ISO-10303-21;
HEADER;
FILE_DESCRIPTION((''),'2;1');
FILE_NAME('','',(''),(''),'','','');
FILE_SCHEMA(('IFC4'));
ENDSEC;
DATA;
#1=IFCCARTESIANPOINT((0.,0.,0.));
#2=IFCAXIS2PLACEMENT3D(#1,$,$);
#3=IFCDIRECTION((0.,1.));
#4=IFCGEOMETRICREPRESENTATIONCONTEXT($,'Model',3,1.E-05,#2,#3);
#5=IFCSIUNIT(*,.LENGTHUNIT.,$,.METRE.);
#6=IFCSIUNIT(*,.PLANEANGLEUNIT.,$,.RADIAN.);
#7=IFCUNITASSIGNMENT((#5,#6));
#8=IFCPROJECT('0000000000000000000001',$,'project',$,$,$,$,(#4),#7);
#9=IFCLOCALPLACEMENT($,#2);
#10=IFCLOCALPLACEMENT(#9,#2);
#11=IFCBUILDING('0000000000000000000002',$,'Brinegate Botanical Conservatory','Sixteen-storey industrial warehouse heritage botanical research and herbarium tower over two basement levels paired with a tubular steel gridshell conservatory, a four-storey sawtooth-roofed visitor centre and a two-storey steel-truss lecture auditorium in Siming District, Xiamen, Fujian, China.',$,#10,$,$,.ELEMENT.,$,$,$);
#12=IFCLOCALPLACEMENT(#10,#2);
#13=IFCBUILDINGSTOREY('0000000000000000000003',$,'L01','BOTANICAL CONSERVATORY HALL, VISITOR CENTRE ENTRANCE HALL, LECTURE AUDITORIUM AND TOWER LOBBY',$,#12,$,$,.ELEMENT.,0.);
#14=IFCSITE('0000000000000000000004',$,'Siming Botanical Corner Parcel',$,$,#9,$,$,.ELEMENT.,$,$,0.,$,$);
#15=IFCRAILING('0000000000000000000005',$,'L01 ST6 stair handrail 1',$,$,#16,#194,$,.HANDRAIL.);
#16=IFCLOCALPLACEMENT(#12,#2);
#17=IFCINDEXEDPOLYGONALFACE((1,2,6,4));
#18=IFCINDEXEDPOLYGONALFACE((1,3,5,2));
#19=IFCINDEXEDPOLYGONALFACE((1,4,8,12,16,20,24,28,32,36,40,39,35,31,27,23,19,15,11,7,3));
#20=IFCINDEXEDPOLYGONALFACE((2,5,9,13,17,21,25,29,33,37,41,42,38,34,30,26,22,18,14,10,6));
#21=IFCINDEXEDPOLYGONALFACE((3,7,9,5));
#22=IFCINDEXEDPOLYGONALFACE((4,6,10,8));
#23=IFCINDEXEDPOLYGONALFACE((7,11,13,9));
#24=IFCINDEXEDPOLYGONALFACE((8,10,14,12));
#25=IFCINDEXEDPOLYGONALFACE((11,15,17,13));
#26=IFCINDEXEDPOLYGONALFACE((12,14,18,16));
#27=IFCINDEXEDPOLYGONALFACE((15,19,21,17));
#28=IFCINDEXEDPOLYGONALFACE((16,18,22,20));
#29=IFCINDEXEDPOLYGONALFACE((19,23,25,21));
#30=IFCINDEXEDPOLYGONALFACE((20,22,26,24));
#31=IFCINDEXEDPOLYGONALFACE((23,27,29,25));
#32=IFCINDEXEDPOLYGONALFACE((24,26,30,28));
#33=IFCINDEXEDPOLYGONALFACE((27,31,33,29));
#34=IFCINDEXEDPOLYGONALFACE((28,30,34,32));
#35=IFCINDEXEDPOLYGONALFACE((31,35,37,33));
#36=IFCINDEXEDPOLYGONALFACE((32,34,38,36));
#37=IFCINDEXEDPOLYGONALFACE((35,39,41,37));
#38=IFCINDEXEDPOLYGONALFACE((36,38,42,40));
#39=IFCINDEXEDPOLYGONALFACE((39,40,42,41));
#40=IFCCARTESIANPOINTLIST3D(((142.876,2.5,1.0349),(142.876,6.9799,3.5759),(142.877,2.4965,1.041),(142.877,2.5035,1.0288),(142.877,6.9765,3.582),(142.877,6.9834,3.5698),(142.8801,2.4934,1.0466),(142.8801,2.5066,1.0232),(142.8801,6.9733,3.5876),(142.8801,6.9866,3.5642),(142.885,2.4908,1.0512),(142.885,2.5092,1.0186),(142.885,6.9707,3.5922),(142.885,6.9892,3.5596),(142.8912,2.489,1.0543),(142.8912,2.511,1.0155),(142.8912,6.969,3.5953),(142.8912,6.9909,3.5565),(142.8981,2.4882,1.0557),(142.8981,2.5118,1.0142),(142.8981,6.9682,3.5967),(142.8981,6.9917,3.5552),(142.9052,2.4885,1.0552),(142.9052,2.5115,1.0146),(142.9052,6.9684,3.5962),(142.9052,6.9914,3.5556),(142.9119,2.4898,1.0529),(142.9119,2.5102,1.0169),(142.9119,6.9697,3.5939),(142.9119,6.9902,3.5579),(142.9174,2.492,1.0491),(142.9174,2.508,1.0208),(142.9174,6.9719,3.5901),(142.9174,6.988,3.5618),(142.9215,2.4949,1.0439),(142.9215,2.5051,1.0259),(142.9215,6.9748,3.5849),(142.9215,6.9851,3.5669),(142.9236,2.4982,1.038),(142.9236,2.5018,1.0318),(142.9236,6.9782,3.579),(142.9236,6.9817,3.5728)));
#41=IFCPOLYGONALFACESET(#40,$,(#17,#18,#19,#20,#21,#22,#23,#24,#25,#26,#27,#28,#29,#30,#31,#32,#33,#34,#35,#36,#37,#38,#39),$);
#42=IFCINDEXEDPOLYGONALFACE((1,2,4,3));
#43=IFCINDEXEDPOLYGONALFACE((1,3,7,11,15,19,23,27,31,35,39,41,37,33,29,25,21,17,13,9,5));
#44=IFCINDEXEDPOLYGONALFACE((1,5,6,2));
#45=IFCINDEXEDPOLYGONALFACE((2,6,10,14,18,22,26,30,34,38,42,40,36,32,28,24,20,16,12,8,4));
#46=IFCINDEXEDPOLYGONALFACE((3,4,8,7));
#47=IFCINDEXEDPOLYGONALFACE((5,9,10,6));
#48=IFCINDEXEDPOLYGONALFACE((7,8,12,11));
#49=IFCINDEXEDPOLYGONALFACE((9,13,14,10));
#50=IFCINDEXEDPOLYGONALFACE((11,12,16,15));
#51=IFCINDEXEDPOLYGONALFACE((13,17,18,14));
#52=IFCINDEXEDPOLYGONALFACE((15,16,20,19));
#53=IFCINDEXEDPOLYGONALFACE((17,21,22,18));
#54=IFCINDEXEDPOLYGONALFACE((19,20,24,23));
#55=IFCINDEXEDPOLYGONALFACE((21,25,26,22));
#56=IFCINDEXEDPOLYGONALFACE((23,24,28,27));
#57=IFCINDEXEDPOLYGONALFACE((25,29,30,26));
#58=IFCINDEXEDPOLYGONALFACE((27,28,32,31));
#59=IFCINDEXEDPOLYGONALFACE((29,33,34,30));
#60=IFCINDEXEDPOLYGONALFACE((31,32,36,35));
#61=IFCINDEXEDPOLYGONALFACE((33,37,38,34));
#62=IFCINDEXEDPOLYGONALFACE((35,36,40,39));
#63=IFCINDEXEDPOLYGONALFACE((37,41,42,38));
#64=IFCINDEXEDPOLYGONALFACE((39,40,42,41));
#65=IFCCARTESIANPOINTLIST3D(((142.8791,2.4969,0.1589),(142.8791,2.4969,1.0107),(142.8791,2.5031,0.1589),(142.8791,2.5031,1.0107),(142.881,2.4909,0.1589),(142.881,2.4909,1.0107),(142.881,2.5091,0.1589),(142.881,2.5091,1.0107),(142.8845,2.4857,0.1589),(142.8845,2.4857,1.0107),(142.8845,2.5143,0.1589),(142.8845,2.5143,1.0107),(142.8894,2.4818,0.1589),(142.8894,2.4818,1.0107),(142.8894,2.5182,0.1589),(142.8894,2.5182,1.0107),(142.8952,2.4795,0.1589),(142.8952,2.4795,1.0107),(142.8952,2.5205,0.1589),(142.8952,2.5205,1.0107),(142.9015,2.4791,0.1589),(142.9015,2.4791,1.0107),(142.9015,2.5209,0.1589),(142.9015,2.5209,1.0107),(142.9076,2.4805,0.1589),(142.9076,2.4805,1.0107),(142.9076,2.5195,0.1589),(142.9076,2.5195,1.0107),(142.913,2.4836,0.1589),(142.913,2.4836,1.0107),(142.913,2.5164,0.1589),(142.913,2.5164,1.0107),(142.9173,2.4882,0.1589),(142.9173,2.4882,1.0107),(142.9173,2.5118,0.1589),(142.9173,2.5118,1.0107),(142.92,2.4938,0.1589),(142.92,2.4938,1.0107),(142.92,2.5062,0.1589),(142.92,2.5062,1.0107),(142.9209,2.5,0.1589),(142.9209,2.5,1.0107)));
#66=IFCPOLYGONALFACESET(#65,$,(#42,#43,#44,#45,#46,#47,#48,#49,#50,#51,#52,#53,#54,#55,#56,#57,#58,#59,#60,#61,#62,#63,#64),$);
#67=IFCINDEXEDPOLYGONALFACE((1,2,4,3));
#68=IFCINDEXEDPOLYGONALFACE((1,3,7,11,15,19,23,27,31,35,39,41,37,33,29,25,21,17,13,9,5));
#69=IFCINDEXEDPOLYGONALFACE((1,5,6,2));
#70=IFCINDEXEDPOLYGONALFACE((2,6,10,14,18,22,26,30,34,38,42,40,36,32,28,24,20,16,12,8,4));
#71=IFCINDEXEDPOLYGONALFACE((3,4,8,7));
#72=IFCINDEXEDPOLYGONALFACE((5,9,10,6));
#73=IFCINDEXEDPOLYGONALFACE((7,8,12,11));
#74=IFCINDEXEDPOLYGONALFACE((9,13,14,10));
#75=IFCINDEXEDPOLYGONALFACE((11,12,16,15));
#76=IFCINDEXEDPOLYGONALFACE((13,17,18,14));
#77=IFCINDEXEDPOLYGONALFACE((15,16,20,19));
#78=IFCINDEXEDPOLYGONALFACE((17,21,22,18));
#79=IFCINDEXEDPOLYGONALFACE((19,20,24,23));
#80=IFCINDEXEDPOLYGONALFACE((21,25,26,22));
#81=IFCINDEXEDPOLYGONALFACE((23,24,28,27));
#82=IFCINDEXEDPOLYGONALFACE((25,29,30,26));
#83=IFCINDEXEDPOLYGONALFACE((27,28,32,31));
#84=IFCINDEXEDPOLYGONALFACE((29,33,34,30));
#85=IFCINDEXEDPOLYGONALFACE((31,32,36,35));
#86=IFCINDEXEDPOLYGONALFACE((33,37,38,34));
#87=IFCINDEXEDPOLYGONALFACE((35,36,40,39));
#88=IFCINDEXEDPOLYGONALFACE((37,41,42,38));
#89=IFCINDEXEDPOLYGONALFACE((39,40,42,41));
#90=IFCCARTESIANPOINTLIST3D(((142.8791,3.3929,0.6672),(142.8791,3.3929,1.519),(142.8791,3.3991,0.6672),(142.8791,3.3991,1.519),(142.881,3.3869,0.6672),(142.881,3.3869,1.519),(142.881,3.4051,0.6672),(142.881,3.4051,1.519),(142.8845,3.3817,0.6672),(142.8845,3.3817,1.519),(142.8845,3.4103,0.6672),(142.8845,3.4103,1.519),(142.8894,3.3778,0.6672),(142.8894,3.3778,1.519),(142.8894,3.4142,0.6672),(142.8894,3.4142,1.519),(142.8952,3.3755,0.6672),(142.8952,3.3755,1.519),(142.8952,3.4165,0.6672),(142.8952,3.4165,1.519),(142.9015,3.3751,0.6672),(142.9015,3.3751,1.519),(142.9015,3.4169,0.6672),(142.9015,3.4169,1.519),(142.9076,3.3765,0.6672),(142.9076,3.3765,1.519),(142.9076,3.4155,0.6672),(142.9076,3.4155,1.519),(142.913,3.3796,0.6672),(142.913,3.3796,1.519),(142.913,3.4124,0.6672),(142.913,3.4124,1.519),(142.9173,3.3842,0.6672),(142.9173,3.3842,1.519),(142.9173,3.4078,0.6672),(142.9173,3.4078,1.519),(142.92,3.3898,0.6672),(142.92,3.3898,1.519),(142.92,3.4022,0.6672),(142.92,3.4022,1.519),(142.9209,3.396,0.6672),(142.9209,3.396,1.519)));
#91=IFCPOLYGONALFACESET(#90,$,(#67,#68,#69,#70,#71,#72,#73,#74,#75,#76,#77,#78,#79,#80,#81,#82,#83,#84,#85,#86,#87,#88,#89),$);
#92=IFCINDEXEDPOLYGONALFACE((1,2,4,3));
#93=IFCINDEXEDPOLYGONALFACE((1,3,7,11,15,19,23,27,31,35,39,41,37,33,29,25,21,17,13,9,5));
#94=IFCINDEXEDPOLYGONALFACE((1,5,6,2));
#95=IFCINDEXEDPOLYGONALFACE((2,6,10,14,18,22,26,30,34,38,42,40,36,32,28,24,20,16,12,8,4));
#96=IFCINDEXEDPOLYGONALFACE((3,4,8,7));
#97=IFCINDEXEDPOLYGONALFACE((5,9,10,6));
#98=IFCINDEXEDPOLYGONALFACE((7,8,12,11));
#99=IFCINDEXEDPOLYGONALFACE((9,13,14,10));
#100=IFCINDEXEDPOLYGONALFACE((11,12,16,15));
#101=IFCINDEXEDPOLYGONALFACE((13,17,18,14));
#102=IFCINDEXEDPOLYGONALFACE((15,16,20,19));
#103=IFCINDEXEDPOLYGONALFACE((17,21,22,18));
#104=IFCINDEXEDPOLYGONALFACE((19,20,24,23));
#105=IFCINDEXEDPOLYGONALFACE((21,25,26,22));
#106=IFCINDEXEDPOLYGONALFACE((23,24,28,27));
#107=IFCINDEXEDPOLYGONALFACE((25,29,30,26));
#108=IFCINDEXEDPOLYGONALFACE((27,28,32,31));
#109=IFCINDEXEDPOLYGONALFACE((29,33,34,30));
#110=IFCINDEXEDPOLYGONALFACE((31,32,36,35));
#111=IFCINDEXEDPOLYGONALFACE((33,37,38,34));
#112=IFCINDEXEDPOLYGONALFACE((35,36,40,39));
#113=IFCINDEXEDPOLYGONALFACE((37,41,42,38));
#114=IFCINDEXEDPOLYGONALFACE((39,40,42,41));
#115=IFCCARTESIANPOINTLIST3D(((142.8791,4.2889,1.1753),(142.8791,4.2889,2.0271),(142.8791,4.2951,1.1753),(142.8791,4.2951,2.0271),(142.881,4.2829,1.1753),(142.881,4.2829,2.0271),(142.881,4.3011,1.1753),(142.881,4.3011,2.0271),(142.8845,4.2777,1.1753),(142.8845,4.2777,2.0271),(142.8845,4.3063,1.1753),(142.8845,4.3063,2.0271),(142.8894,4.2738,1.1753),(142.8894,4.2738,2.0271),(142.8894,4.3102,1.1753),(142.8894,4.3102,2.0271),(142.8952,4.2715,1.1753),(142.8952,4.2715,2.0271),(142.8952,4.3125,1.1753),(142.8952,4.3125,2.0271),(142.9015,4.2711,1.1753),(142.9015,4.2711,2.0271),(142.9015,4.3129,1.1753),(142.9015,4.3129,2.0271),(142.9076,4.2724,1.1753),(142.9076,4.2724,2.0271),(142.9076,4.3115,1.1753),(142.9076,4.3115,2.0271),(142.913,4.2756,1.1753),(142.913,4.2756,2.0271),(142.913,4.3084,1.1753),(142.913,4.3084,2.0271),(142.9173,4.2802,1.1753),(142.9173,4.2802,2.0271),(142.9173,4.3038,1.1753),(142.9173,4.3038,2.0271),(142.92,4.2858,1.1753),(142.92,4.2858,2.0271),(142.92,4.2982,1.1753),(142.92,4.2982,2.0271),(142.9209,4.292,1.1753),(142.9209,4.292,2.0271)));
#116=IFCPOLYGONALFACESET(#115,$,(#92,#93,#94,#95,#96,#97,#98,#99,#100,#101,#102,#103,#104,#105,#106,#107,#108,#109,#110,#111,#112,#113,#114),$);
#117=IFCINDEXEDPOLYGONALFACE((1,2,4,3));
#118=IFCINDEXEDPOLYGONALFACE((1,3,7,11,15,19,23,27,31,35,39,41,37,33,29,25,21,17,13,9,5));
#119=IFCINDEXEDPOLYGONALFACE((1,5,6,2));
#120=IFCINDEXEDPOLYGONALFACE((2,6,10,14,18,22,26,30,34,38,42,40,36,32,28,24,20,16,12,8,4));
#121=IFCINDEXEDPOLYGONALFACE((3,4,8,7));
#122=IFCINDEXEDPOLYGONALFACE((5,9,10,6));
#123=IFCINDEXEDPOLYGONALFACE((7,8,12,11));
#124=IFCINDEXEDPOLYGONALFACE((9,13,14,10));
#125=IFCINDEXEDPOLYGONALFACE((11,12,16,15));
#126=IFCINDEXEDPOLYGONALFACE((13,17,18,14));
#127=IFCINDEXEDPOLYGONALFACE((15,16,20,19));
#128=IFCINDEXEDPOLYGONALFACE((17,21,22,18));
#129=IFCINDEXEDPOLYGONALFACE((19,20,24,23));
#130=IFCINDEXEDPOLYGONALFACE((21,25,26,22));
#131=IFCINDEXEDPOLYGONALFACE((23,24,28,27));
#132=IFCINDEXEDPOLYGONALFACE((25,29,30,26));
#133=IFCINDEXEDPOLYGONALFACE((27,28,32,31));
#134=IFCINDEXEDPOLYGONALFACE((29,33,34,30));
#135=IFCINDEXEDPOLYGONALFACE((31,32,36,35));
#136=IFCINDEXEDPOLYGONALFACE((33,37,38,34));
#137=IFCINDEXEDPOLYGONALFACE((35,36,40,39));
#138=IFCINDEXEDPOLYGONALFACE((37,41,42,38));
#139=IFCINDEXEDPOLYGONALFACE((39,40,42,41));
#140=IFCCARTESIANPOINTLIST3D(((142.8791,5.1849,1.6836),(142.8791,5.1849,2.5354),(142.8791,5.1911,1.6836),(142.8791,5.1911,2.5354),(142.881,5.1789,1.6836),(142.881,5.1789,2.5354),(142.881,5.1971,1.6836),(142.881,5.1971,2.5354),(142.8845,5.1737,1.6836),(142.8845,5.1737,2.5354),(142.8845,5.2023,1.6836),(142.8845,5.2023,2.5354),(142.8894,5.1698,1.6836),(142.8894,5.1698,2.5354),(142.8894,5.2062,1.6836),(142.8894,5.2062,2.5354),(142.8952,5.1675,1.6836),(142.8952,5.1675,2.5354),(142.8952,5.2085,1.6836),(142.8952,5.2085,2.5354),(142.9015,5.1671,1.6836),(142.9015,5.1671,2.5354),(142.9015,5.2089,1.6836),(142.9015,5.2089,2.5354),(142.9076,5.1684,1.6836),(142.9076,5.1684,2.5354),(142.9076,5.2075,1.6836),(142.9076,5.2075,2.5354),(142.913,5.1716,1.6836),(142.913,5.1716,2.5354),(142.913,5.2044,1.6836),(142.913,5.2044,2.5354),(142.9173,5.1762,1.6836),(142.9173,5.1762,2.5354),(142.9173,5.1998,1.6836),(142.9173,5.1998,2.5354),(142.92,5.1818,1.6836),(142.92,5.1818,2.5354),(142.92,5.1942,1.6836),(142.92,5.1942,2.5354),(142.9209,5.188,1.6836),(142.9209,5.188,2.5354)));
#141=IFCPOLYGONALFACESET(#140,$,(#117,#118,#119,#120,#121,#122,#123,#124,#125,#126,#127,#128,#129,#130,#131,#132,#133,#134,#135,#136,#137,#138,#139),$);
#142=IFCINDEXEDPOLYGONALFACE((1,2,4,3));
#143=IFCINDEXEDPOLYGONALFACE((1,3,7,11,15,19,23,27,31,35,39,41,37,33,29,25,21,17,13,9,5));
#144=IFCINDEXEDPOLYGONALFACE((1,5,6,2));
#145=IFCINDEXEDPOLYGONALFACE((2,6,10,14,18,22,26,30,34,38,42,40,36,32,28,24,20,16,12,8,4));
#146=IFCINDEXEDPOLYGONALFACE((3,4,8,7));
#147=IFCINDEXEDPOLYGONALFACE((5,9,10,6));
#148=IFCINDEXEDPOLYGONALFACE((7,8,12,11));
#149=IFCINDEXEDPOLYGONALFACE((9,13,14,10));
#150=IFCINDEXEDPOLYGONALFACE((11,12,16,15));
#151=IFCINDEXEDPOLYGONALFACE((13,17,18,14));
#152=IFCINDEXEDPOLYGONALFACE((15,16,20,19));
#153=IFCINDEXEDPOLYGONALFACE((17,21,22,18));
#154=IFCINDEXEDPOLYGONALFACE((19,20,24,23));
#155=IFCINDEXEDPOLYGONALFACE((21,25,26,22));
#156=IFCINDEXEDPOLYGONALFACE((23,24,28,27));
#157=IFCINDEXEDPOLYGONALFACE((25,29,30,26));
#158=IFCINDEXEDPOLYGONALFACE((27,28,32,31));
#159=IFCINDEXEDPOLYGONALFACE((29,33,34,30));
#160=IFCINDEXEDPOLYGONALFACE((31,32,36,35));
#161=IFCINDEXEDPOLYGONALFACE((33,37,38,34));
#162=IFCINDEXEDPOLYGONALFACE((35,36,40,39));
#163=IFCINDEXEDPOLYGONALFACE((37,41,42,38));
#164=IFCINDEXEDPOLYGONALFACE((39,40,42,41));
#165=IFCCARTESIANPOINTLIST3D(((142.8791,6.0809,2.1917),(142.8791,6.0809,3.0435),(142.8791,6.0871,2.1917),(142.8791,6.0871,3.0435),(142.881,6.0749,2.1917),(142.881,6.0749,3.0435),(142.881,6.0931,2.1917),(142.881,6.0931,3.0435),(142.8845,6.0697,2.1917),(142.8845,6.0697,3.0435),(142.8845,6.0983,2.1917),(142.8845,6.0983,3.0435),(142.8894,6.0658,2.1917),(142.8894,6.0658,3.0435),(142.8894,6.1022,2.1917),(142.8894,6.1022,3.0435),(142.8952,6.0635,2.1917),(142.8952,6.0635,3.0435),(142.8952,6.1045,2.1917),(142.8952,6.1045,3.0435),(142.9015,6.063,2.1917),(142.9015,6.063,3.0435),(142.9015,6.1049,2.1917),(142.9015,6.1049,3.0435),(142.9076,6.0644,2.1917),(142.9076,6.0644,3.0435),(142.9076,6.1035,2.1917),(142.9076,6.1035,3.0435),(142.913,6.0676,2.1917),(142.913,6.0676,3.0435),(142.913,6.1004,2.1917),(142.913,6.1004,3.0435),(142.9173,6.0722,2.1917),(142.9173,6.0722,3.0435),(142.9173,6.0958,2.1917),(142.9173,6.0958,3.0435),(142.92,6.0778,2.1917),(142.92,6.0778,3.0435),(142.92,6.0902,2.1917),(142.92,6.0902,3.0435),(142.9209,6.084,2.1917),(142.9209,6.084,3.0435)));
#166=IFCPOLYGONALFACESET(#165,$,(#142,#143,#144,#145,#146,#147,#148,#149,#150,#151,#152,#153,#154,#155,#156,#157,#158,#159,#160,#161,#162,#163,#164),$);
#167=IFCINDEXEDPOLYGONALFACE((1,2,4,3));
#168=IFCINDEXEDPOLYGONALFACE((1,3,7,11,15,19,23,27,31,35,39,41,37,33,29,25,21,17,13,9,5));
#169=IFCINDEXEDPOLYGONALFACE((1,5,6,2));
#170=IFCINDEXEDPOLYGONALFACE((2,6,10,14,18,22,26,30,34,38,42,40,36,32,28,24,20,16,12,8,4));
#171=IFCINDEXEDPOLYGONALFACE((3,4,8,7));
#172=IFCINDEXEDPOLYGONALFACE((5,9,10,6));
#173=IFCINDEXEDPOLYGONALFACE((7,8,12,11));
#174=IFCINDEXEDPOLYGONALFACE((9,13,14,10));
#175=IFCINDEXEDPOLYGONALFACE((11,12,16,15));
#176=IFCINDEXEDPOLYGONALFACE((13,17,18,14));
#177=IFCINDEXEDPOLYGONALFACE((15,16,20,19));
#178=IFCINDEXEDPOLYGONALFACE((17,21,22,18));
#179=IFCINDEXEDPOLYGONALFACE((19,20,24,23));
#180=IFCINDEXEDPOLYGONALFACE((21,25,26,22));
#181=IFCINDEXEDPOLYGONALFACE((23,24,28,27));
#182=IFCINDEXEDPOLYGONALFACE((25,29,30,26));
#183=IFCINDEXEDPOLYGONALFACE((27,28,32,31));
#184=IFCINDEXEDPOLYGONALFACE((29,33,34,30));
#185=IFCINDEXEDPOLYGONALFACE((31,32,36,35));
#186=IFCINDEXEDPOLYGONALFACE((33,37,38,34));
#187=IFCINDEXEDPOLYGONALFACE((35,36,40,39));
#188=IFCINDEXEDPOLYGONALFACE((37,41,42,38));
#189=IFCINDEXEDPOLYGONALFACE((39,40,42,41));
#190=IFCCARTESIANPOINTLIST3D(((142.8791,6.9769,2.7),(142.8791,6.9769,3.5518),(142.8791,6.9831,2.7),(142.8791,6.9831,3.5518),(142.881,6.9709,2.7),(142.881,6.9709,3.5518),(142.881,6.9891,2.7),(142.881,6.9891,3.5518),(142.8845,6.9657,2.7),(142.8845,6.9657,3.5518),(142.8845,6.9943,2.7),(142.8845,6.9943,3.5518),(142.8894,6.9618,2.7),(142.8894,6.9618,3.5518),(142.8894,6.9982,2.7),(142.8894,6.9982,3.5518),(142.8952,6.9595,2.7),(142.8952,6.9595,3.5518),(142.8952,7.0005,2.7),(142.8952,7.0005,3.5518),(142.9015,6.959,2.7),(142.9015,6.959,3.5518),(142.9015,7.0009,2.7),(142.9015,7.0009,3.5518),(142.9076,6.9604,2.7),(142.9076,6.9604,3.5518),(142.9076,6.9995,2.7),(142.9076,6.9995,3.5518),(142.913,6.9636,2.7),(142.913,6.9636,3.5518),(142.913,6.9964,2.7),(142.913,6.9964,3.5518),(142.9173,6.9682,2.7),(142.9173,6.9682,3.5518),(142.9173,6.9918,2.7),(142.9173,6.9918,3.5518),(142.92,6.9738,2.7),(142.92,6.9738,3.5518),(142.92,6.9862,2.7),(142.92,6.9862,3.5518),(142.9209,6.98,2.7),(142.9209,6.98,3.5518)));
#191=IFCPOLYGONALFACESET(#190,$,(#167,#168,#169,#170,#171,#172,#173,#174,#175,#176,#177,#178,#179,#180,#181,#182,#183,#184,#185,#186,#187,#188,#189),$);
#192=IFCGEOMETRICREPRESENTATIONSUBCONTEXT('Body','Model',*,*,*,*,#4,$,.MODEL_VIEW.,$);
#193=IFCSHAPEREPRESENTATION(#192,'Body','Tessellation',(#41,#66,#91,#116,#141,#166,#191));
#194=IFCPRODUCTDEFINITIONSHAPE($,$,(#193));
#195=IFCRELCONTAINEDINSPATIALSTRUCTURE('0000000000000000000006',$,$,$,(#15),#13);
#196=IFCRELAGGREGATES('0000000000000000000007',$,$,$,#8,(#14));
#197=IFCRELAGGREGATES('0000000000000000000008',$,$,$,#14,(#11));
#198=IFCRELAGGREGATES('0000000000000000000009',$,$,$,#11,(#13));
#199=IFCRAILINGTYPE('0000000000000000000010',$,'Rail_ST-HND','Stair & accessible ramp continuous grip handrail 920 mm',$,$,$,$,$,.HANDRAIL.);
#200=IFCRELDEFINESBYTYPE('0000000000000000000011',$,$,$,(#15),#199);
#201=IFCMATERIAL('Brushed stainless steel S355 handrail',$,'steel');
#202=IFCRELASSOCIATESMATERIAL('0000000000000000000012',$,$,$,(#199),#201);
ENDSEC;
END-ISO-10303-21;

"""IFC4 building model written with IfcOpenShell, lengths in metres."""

from ifc_helpers import new_model, si_unit, direction, frame, origin, origin_2d, place, context, subcontext, project, spatial, circle, extrude, material, type_object, element, save


model = new_model("IFC4")

# Units and contexts
model_context = context("Model", 3, precision=1e-05, world=origin(), true_north=direction((0.0, 1.0)))
body_context = subcontext(model_context, "Body", "Model", "MODEL_VIEW")
ifc_project = project(units=[si_unit("LENGTHUNIT", "METRE"), si_unit("PLANEANGLEUNIT", "RADIAN")], contexts=[model_context])

# Site, building, storey
site_placement = place(None, origin())
site = spatial("IfcSite", under=ifc_project, at=site_placement, Name="Siming Botanical Corner Parcel", CompositionType="ELEMENT", RefElevation=0.0)
building_placement = place(site_placement, origin())
building = spatial("IfcBuilding", under=site, at=building_placement, Name="Brinegate Botanical Conservatory", Description="Sixteen-storey industrial warehouse heritage botanical research and herbarium tower over two basement levels paired with a tubular steel gridshell conservatory, a four-storey sawtooth-roofed visitor centre and a two-storey steel-truss lecture auditorium in Siming District, Xiamen, Fujian, China.", CompositionType="ELEMENT")
storey_placement = place(building_placement, origin())
storey = spatial("IfcBuildingStorey", under=building, at=storey_placement, Name="L01", Description="BOTANICAL CONSERVATORY HALL, VISITOR CENTRE ENTRANCE HALL, LECTURE AUDITORIUM AND TOWER LOBBY", CompositionType="ELEMENT", Elevation=0.0)

# Railing
ifc_material_1 = material(Name="Brushed stainless steel S355 handrail", Category="steel")
railing_type_1 = type_object("IfcRailingType", Name="Rail_ST-HND", Description="Stair & accessible ramp continuous grip handrail 920 mm", PredefinedType="HANDRAIL", material=ifc_material_1)
railing_1_placement = place(storey_placement, frame((142.8999, 2.5, 0.1589)))
element("IfcRailing", 1, at=railing_1_placement, inside=storey, type_object=railing_type_1, Name="L01 ST6 stair handrail 1", PredefinedType="HANDRAIL", context=body_context, shape_type="SweptSolid", body=[
    extrude(circle(Radius=0.0239, at=origin_2d()), frame((0.0, 0.0, 0.876), z_axis=(0.0, 0.869826, 0.493359), x_axis=(-1.0, 0.0, 0.0)), (0.0, 0.0, 1.0), 5.1504),
    extrude(circle(Radius=0.021, at=origin_2d()), origin(), (0.0, 0.0, 1.0), 0.8518),
    extrude(circle(Radius=0.021, at=origin_2d()), frame((0.0, 0.896, 0.5083)), (0.0, 0.0, 1.0), 0.8518),
    extrude(circle(Radius=0.021, at=origin_2d()), frame((0.0, 1.792, 1.0164)), (0.0, 0.0, 1.0), 0.8518),
    extrude(circle(Radius=0.021, at=origin_2d()), frame((0.0, 2.688, 1.5247)), (0.0, 0.0, 1.0), 0.8518),
    extrude(circle(Radius=0.021, at=origin_2d()), frame((0.0, 3.584, 2.0327)), (0.0, 0.0, 1.0), 0.8518),
    extrude(circle(Radius=0.021, at=origin_2d()), frame((0.0, 4.48, 2.541)), (0.0, 0.0, 1.0), 0.8518),
])

save(model, "model.ifc")
